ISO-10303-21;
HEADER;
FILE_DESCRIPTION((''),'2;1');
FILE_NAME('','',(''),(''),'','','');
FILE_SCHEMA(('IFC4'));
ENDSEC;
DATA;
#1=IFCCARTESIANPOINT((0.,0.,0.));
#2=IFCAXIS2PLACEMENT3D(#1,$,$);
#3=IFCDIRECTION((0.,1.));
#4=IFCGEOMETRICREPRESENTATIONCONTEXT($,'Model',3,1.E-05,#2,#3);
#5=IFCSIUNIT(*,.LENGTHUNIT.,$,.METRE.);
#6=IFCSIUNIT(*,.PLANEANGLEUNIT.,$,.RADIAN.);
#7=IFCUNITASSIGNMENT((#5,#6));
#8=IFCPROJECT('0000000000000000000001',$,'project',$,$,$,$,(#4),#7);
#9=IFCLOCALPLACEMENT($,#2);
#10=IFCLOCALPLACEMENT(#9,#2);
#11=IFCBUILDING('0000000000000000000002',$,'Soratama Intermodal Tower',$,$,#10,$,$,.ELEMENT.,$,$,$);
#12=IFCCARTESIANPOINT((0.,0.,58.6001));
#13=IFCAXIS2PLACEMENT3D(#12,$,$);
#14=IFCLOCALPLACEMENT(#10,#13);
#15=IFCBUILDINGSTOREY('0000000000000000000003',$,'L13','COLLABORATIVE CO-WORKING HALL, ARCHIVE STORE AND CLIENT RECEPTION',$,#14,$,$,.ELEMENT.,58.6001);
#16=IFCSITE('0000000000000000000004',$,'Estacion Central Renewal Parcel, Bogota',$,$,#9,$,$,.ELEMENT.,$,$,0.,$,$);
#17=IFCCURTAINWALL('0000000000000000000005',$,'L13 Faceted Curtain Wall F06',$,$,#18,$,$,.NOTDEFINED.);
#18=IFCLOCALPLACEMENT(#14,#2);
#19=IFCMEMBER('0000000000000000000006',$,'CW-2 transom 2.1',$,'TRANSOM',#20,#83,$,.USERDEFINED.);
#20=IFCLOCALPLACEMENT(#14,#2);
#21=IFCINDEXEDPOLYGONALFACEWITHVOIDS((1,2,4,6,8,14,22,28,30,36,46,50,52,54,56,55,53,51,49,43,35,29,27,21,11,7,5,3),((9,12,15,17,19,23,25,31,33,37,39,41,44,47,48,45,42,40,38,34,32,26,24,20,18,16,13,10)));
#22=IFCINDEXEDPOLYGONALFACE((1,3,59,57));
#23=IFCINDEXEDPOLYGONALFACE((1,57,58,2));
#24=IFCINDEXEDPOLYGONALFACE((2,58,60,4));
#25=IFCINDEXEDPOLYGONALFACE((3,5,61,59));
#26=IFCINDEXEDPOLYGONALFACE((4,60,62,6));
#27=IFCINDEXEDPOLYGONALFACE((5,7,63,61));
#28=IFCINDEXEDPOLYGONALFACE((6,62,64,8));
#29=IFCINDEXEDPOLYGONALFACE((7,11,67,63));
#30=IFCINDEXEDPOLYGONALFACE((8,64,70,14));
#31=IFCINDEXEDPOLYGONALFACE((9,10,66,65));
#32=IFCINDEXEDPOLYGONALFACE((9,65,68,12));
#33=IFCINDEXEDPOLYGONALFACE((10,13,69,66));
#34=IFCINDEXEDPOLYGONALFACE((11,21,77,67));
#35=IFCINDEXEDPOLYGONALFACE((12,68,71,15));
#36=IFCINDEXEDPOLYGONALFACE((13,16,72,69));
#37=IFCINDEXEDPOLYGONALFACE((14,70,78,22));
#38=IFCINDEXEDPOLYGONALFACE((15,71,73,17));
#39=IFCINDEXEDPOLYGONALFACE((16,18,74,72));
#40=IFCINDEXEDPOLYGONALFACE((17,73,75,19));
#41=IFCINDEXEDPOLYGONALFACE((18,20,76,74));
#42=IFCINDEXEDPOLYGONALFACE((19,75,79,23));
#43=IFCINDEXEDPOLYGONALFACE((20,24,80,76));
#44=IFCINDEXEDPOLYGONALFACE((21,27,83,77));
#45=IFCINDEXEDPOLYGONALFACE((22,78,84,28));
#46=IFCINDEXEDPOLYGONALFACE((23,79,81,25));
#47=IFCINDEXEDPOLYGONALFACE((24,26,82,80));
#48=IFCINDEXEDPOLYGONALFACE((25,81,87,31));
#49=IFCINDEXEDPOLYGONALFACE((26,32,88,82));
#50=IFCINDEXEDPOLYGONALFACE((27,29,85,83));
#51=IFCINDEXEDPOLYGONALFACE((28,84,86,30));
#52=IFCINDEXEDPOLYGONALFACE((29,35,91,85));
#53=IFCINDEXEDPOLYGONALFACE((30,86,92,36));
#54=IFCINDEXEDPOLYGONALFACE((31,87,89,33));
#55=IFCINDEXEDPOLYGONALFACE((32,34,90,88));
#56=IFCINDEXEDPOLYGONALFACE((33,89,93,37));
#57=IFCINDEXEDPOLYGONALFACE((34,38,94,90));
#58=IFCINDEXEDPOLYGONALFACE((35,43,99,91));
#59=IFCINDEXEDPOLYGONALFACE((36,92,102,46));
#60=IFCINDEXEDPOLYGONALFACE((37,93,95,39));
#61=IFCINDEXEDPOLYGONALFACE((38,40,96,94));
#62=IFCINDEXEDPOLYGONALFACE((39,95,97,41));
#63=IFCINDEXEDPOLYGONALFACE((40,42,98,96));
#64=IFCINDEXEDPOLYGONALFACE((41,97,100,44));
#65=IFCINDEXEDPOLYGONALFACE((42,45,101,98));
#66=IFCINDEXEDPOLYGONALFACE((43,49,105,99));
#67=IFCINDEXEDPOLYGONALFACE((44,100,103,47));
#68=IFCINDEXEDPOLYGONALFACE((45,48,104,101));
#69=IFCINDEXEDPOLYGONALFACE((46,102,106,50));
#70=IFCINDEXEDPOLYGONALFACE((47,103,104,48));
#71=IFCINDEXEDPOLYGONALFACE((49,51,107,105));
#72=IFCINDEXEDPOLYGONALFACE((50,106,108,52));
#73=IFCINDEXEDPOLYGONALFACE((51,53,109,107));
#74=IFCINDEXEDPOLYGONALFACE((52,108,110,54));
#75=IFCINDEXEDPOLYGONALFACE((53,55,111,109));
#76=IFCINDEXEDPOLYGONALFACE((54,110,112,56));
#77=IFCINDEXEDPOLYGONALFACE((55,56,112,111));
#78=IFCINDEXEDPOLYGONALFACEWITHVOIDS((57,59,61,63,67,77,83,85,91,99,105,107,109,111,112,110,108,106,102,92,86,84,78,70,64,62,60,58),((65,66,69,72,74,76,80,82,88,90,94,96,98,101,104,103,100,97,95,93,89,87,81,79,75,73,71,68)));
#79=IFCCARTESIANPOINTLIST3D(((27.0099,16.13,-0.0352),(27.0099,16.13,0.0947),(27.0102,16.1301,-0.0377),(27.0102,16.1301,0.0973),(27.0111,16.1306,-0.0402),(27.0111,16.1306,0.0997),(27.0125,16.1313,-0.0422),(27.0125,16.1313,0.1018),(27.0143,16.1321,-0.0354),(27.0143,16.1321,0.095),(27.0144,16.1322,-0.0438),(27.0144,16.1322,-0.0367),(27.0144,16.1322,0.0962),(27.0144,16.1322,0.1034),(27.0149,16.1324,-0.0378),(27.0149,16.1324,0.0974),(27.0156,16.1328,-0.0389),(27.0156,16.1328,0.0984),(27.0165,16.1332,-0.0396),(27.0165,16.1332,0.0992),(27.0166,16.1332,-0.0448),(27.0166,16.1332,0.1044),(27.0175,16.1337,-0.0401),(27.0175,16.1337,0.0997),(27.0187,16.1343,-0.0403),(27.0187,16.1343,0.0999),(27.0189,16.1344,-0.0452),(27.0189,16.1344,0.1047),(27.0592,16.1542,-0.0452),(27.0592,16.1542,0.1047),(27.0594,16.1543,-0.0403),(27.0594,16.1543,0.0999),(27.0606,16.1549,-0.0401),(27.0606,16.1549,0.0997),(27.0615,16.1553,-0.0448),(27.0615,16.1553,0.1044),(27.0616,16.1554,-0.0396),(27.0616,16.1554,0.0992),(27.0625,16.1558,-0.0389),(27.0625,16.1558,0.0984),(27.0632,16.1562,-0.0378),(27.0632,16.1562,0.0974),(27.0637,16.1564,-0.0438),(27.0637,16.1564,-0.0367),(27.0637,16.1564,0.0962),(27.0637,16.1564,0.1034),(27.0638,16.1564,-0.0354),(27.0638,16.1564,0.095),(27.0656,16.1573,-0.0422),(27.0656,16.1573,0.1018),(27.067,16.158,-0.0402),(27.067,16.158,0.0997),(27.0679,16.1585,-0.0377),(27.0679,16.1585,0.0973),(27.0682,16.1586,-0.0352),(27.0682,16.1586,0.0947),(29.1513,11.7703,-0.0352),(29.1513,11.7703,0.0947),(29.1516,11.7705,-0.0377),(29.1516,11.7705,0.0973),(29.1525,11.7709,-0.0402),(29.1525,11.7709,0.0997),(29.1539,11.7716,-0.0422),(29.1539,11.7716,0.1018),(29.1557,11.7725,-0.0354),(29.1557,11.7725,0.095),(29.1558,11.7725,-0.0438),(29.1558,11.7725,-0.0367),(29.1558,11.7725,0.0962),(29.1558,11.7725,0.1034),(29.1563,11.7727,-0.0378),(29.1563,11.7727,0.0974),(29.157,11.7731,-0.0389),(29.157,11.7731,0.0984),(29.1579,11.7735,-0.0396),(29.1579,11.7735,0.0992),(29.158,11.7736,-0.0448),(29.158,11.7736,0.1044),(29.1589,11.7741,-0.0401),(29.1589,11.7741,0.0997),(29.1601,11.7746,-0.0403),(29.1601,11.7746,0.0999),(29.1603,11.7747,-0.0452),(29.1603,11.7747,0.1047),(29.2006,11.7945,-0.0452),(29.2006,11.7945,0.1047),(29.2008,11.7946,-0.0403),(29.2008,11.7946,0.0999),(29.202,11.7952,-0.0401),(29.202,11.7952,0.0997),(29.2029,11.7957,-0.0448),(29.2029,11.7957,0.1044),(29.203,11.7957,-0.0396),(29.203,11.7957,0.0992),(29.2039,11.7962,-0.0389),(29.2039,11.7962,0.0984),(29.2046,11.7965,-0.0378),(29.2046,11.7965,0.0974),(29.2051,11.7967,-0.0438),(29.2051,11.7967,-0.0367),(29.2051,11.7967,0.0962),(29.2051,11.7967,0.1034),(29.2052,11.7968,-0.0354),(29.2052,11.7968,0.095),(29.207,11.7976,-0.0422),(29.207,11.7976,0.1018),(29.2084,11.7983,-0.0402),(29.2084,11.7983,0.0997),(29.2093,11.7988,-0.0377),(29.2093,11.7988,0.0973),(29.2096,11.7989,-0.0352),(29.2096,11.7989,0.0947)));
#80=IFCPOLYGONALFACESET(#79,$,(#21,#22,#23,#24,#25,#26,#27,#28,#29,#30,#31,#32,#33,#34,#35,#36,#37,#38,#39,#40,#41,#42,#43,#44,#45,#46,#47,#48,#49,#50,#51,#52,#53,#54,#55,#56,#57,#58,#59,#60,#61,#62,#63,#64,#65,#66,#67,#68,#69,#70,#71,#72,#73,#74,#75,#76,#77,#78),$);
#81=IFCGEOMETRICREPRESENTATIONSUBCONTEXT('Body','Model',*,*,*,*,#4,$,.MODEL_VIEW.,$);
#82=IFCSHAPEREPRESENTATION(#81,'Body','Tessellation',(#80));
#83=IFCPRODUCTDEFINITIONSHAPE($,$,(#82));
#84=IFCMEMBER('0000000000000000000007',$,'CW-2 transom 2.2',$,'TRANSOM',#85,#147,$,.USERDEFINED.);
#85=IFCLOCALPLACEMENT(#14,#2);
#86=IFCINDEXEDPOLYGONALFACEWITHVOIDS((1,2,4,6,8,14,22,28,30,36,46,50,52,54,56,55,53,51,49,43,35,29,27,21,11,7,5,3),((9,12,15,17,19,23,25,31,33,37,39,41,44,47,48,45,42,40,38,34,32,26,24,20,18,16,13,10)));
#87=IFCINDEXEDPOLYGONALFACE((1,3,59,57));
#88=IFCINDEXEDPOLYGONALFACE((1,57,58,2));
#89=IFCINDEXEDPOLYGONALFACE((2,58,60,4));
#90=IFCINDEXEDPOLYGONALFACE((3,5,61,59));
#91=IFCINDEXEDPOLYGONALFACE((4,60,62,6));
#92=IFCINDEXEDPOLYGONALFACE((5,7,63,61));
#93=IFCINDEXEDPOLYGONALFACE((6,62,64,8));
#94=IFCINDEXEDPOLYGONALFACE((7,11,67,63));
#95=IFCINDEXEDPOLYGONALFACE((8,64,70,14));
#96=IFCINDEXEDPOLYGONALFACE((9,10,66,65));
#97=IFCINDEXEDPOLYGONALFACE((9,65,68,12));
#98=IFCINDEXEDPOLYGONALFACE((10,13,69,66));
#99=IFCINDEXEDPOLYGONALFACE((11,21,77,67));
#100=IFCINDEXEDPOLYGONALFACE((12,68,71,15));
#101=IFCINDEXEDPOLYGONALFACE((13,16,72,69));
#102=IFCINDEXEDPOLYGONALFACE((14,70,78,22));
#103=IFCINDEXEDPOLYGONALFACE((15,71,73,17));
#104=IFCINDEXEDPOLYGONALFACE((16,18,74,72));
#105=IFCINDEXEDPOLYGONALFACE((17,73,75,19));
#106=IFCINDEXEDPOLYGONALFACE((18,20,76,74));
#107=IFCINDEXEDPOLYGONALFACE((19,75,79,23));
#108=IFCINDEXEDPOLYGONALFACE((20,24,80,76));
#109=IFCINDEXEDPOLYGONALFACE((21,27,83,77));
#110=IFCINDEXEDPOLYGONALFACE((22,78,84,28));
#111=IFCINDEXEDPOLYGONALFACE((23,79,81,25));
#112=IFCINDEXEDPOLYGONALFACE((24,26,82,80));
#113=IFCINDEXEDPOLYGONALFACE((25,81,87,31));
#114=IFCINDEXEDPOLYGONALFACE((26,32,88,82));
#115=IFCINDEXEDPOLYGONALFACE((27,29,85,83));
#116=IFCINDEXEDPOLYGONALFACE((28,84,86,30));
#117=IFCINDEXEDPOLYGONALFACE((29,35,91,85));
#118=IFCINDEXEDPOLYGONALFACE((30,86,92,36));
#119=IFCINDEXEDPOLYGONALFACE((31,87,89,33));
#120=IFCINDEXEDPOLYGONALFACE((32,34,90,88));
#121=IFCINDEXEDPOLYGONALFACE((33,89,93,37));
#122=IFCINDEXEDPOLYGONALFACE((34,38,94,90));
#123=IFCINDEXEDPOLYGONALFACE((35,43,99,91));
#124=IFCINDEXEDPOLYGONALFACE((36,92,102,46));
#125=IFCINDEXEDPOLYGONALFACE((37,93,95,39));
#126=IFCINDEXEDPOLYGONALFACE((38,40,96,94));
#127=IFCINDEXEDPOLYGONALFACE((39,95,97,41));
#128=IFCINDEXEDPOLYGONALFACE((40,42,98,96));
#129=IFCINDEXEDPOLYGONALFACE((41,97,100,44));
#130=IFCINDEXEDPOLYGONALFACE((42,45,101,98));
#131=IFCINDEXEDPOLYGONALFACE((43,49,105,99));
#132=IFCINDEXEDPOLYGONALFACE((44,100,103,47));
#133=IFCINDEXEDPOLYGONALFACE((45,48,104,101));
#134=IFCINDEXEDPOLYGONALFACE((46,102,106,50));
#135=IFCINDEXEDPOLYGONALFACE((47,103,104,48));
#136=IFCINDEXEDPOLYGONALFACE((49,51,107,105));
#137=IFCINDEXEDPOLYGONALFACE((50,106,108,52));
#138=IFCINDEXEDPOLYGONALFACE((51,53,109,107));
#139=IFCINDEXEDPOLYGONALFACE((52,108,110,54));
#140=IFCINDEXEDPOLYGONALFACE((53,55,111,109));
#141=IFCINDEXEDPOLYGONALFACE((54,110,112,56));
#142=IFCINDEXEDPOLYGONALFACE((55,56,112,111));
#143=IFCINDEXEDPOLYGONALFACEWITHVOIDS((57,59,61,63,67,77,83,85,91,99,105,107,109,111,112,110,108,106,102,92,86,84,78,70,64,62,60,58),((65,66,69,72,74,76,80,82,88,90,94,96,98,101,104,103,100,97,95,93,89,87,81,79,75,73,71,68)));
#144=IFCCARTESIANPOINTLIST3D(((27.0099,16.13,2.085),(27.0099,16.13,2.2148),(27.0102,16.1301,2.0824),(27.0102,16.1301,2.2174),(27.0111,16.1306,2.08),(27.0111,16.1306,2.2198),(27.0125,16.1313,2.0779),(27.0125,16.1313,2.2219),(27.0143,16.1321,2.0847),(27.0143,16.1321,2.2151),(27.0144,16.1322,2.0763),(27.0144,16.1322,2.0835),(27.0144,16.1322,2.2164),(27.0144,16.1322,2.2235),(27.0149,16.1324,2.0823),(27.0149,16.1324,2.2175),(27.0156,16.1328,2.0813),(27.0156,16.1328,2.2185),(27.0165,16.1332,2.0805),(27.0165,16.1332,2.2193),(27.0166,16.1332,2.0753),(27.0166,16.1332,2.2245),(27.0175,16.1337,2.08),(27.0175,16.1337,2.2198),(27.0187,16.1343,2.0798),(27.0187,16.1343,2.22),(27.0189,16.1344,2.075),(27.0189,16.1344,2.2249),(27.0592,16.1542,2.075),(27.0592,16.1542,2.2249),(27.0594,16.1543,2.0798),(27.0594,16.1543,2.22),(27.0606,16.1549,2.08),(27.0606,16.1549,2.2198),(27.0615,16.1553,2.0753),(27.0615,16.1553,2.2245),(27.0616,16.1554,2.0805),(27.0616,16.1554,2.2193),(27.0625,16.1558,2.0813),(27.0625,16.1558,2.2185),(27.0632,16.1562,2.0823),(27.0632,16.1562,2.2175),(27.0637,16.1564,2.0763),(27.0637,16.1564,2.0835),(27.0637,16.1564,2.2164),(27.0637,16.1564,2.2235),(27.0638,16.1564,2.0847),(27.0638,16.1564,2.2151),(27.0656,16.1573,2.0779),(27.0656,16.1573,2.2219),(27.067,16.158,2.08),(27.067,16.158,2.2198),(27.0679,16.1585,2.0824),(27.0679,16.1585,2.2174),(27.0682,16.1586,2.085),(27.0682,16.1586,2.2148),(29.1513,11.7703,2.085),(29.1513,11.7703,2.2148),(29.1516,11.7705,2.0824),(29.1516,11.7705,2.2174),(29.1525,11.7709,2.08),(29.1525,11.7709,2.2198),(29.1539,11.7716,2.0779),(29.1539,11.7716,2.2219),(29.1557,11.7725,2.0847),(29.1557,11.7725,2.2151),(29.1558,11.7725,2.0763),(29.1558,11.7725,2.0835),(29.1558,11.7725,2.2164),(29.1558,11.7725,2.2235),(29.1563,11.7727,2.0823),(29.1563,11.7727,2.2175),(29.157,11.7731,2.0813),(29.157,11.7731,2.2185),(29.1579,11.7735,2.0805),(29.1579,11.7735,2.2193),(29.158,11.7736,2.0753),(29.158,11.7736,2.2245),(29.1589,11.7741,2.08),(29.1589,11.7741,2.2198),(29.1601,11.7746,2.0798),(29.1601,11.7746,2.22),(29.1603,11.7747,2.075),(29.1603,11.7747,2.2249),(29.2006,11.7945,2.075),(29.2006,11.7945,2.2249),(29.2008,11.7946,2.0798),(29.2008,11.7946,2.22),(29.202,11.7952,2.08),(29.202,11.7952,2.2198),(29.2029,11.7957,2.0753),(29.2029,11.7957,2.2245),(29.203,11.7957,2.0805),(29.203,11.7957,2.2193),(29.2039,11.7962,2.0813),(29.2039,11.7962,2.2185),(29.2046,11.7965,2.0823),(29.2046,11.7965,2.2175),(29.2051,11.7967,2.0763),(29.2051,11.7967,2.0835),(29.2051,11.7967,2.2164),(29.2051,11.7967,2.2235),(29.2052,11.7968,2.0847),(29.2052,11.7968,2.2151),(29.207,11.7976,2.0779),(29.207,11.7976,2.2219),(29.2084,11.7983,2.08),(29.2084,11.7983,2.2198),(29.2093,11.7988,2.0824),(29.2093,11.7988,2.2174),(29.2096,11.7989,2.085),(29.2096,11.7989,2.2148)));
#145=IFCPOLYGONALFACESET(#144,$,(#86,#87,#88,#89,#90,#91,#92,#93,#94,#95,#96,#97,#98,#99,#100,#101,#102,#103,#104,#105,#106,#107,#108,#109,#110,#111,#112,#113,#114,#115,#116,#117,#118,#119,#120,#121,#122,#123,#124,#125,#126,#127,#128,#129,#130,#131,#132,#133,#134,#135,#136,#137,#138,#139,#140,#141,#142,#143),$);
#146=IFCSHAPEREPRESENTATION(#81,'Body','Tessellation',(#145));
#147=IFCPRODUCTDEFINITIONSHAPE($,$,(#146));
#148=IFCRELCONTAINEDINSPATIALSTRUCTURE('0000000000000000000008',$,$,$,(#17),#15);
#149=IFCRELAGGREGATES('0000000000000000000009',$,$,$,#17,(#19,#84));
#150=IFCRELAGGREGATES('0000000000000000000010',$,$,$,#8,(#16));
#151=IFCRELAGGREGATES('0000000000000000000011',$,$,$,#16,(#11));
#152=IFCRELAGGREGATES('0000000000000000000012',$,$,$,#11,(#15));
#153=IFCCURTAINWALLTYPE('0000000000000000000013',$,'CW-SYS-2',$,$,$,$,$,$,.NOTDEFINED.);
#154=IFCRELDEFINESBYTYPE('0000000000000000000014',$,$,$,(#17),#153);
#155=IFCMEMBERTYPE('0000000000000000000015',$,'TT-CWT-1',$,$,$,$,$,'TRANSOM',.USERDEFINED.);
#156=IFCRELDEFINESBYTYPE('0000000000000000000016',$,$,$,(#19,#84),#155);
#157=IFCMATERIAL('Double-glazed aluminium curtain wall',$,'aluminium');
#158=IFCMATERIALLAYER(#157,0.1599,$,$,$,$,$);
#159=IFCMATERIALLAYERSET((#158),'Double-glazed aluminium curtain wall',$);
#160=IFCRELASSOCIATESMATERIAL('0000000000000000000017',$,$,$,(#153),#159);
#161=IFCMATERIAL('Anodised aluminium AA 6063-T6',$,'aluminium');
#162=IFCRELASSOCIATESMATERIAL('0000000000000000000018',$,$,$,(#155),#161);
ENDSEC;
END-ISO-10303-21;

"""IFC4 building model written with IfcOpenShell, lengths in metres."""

from ifc_helpers import new_model, si_unit, direction, frame, origin, origin_2d, place, context, subcontext, project, spatial, hollow_rectangle, extrude, material, layer, layer_set, material_profile, profile_set, type_object, element, aggregate, save


model = new_model("IFC4")

# Units and contexts
model_context = context("Model", 3, precision=1e-05, world=origin(), true_north=direction((0.0, 1.0)))
body_context = subcontext(model_context, "Body", "Model", "MODEL_VIEW")
ifc_project = project(units=[si_unit("LENGTHUNIT", "METRE"), si_unit("PLANEANGLEUNIT", "RADIAN")], contexts=[model_context])

# Site, building, storey
site_placement = place(None, origin())
site = spatial("IfcSite", under=ifc_project, at=site_placement, Name="Estacion Central Renewal Parcel, Bogota", CompositionType="ELEMENT", RefElevation=0.0)
building_placement = place(site_placement, origin())
building = spatial("IfcBuilding", under=site, at=building_placement, Name="Soratama Intermodal Tower", CompositionType="ELEMENT")
storey_placement = place(building_placement, frame((0.0, 0.0, 58.6001)))
storey = spatial("IfcBuildingStorey", under=building, at=storey_placement, Name="L13", Description="COLLABORATIVE CO-WORKING HALL, ARCHIVE STORE AND CLIENT RECEPTION", CompositionType="ELEMENT", Elevation=58.6001)

# Curtain wall
ifc_material_1 = material(Name="Double-glazed aluminium curtain wall", Category="aluminium")
ifc_layer_1 = layer(ifc_material_1, 0.1599)
ifc_layer_set_1 = layer_set([ifc_layer_1], Name="Double-glazed aluminium curtain wall")
curtain_wall_type = type_object("IfcCurtainWallType", Name="CW-SYS-2", PredefinedType="NOTDEFINED", material=ifc_layer_set_1)
curtain_wall_1_placement = place(storey_placement, origin())
curtain_wall_1 = element("IfcCurtainWall", 1, at=curtain_wall_1_placement, inside=storey, type_object=curtain_wall_type, Name="L13 Faceted Curtain Wall F06", PredefinedType="NOTDEFINED")

# Members
ifc_material_2 = material(Name="Anodised aluminium AA 6063-T6", Category="aluminium")
ifc_material_profile_1 = material_profile(ifc_material_2, hollow_rectangle(XDim=0.0649, YDim=0.1499, WallThickness=0.0049, InnerFilletRadius=0.0049, OuterFilletRadius=0.01, at=origin_2d()), Name="CWT150X65X5")
ifc_profile_set_1 = profile_set([ifc_material_profile_1], Name="Anodised aluminium AA 6063-T6")
member_type_1 = type_object("IfcMemberType", Name="TT-CWT-1", ElementType="TRANSOM", PredefinedType="USERDEFINED", material=ifc_profile_set_1)
member_1_placement = place(storey_placement, frame((27.0391, 16.1443, 0.0298), z_axis=(0.440869, -0.897571, 0.0), x_axis=(0.897571, 0.440869, 0.0)))
member_1 = element("IfcMember", 2, at=member_1_placement, type_object=member_type_1, Name="CW-2 transom 2.1", ObjectType="TRANSOM", PredefinedType="USERDEFINED", context=body_context, shape_type="SweptSolid", body=[
    extrude(hollow_rectangle(XDim=0.0649, YDim=0.1499, WallThickness=0.0049, InnerFilletRadius=0.0049, OuterFilletRadius=0.01, at=origin_2d()), origin(), (0.0, 0.0, 1.0), 4.8572),
])
member_2_placement = place(storey_placement, frame((27.0391, 16.1443, 2.1499), z_axis=(0.440869, -0.897571, 0.0), x_axis=(0.897571, 0.440869, 0.0)))
member_2 = element("IfcMember", 3, at=member_2_placement, type_object=member_type_1, Name="CW-2 transom 2.2", ObjectType="TRANSOM", PredefinedType="USERDEFINED", context=body_context, shape_type="SweptSolid", body=[
    extrude(hollow_rectangle(XDim=0.0649, YDim=0.1499, WallThickness=0.0049, InnerFilletRadius=0.0049, OuterFilletRadius=0.01, at=origin_2d()), origin(), (0.0, 0.0, 1.0), 4.8572),
])

aggregate(curtain_wall_1, [member_1, member_2])

save(model, "model.ifc")
